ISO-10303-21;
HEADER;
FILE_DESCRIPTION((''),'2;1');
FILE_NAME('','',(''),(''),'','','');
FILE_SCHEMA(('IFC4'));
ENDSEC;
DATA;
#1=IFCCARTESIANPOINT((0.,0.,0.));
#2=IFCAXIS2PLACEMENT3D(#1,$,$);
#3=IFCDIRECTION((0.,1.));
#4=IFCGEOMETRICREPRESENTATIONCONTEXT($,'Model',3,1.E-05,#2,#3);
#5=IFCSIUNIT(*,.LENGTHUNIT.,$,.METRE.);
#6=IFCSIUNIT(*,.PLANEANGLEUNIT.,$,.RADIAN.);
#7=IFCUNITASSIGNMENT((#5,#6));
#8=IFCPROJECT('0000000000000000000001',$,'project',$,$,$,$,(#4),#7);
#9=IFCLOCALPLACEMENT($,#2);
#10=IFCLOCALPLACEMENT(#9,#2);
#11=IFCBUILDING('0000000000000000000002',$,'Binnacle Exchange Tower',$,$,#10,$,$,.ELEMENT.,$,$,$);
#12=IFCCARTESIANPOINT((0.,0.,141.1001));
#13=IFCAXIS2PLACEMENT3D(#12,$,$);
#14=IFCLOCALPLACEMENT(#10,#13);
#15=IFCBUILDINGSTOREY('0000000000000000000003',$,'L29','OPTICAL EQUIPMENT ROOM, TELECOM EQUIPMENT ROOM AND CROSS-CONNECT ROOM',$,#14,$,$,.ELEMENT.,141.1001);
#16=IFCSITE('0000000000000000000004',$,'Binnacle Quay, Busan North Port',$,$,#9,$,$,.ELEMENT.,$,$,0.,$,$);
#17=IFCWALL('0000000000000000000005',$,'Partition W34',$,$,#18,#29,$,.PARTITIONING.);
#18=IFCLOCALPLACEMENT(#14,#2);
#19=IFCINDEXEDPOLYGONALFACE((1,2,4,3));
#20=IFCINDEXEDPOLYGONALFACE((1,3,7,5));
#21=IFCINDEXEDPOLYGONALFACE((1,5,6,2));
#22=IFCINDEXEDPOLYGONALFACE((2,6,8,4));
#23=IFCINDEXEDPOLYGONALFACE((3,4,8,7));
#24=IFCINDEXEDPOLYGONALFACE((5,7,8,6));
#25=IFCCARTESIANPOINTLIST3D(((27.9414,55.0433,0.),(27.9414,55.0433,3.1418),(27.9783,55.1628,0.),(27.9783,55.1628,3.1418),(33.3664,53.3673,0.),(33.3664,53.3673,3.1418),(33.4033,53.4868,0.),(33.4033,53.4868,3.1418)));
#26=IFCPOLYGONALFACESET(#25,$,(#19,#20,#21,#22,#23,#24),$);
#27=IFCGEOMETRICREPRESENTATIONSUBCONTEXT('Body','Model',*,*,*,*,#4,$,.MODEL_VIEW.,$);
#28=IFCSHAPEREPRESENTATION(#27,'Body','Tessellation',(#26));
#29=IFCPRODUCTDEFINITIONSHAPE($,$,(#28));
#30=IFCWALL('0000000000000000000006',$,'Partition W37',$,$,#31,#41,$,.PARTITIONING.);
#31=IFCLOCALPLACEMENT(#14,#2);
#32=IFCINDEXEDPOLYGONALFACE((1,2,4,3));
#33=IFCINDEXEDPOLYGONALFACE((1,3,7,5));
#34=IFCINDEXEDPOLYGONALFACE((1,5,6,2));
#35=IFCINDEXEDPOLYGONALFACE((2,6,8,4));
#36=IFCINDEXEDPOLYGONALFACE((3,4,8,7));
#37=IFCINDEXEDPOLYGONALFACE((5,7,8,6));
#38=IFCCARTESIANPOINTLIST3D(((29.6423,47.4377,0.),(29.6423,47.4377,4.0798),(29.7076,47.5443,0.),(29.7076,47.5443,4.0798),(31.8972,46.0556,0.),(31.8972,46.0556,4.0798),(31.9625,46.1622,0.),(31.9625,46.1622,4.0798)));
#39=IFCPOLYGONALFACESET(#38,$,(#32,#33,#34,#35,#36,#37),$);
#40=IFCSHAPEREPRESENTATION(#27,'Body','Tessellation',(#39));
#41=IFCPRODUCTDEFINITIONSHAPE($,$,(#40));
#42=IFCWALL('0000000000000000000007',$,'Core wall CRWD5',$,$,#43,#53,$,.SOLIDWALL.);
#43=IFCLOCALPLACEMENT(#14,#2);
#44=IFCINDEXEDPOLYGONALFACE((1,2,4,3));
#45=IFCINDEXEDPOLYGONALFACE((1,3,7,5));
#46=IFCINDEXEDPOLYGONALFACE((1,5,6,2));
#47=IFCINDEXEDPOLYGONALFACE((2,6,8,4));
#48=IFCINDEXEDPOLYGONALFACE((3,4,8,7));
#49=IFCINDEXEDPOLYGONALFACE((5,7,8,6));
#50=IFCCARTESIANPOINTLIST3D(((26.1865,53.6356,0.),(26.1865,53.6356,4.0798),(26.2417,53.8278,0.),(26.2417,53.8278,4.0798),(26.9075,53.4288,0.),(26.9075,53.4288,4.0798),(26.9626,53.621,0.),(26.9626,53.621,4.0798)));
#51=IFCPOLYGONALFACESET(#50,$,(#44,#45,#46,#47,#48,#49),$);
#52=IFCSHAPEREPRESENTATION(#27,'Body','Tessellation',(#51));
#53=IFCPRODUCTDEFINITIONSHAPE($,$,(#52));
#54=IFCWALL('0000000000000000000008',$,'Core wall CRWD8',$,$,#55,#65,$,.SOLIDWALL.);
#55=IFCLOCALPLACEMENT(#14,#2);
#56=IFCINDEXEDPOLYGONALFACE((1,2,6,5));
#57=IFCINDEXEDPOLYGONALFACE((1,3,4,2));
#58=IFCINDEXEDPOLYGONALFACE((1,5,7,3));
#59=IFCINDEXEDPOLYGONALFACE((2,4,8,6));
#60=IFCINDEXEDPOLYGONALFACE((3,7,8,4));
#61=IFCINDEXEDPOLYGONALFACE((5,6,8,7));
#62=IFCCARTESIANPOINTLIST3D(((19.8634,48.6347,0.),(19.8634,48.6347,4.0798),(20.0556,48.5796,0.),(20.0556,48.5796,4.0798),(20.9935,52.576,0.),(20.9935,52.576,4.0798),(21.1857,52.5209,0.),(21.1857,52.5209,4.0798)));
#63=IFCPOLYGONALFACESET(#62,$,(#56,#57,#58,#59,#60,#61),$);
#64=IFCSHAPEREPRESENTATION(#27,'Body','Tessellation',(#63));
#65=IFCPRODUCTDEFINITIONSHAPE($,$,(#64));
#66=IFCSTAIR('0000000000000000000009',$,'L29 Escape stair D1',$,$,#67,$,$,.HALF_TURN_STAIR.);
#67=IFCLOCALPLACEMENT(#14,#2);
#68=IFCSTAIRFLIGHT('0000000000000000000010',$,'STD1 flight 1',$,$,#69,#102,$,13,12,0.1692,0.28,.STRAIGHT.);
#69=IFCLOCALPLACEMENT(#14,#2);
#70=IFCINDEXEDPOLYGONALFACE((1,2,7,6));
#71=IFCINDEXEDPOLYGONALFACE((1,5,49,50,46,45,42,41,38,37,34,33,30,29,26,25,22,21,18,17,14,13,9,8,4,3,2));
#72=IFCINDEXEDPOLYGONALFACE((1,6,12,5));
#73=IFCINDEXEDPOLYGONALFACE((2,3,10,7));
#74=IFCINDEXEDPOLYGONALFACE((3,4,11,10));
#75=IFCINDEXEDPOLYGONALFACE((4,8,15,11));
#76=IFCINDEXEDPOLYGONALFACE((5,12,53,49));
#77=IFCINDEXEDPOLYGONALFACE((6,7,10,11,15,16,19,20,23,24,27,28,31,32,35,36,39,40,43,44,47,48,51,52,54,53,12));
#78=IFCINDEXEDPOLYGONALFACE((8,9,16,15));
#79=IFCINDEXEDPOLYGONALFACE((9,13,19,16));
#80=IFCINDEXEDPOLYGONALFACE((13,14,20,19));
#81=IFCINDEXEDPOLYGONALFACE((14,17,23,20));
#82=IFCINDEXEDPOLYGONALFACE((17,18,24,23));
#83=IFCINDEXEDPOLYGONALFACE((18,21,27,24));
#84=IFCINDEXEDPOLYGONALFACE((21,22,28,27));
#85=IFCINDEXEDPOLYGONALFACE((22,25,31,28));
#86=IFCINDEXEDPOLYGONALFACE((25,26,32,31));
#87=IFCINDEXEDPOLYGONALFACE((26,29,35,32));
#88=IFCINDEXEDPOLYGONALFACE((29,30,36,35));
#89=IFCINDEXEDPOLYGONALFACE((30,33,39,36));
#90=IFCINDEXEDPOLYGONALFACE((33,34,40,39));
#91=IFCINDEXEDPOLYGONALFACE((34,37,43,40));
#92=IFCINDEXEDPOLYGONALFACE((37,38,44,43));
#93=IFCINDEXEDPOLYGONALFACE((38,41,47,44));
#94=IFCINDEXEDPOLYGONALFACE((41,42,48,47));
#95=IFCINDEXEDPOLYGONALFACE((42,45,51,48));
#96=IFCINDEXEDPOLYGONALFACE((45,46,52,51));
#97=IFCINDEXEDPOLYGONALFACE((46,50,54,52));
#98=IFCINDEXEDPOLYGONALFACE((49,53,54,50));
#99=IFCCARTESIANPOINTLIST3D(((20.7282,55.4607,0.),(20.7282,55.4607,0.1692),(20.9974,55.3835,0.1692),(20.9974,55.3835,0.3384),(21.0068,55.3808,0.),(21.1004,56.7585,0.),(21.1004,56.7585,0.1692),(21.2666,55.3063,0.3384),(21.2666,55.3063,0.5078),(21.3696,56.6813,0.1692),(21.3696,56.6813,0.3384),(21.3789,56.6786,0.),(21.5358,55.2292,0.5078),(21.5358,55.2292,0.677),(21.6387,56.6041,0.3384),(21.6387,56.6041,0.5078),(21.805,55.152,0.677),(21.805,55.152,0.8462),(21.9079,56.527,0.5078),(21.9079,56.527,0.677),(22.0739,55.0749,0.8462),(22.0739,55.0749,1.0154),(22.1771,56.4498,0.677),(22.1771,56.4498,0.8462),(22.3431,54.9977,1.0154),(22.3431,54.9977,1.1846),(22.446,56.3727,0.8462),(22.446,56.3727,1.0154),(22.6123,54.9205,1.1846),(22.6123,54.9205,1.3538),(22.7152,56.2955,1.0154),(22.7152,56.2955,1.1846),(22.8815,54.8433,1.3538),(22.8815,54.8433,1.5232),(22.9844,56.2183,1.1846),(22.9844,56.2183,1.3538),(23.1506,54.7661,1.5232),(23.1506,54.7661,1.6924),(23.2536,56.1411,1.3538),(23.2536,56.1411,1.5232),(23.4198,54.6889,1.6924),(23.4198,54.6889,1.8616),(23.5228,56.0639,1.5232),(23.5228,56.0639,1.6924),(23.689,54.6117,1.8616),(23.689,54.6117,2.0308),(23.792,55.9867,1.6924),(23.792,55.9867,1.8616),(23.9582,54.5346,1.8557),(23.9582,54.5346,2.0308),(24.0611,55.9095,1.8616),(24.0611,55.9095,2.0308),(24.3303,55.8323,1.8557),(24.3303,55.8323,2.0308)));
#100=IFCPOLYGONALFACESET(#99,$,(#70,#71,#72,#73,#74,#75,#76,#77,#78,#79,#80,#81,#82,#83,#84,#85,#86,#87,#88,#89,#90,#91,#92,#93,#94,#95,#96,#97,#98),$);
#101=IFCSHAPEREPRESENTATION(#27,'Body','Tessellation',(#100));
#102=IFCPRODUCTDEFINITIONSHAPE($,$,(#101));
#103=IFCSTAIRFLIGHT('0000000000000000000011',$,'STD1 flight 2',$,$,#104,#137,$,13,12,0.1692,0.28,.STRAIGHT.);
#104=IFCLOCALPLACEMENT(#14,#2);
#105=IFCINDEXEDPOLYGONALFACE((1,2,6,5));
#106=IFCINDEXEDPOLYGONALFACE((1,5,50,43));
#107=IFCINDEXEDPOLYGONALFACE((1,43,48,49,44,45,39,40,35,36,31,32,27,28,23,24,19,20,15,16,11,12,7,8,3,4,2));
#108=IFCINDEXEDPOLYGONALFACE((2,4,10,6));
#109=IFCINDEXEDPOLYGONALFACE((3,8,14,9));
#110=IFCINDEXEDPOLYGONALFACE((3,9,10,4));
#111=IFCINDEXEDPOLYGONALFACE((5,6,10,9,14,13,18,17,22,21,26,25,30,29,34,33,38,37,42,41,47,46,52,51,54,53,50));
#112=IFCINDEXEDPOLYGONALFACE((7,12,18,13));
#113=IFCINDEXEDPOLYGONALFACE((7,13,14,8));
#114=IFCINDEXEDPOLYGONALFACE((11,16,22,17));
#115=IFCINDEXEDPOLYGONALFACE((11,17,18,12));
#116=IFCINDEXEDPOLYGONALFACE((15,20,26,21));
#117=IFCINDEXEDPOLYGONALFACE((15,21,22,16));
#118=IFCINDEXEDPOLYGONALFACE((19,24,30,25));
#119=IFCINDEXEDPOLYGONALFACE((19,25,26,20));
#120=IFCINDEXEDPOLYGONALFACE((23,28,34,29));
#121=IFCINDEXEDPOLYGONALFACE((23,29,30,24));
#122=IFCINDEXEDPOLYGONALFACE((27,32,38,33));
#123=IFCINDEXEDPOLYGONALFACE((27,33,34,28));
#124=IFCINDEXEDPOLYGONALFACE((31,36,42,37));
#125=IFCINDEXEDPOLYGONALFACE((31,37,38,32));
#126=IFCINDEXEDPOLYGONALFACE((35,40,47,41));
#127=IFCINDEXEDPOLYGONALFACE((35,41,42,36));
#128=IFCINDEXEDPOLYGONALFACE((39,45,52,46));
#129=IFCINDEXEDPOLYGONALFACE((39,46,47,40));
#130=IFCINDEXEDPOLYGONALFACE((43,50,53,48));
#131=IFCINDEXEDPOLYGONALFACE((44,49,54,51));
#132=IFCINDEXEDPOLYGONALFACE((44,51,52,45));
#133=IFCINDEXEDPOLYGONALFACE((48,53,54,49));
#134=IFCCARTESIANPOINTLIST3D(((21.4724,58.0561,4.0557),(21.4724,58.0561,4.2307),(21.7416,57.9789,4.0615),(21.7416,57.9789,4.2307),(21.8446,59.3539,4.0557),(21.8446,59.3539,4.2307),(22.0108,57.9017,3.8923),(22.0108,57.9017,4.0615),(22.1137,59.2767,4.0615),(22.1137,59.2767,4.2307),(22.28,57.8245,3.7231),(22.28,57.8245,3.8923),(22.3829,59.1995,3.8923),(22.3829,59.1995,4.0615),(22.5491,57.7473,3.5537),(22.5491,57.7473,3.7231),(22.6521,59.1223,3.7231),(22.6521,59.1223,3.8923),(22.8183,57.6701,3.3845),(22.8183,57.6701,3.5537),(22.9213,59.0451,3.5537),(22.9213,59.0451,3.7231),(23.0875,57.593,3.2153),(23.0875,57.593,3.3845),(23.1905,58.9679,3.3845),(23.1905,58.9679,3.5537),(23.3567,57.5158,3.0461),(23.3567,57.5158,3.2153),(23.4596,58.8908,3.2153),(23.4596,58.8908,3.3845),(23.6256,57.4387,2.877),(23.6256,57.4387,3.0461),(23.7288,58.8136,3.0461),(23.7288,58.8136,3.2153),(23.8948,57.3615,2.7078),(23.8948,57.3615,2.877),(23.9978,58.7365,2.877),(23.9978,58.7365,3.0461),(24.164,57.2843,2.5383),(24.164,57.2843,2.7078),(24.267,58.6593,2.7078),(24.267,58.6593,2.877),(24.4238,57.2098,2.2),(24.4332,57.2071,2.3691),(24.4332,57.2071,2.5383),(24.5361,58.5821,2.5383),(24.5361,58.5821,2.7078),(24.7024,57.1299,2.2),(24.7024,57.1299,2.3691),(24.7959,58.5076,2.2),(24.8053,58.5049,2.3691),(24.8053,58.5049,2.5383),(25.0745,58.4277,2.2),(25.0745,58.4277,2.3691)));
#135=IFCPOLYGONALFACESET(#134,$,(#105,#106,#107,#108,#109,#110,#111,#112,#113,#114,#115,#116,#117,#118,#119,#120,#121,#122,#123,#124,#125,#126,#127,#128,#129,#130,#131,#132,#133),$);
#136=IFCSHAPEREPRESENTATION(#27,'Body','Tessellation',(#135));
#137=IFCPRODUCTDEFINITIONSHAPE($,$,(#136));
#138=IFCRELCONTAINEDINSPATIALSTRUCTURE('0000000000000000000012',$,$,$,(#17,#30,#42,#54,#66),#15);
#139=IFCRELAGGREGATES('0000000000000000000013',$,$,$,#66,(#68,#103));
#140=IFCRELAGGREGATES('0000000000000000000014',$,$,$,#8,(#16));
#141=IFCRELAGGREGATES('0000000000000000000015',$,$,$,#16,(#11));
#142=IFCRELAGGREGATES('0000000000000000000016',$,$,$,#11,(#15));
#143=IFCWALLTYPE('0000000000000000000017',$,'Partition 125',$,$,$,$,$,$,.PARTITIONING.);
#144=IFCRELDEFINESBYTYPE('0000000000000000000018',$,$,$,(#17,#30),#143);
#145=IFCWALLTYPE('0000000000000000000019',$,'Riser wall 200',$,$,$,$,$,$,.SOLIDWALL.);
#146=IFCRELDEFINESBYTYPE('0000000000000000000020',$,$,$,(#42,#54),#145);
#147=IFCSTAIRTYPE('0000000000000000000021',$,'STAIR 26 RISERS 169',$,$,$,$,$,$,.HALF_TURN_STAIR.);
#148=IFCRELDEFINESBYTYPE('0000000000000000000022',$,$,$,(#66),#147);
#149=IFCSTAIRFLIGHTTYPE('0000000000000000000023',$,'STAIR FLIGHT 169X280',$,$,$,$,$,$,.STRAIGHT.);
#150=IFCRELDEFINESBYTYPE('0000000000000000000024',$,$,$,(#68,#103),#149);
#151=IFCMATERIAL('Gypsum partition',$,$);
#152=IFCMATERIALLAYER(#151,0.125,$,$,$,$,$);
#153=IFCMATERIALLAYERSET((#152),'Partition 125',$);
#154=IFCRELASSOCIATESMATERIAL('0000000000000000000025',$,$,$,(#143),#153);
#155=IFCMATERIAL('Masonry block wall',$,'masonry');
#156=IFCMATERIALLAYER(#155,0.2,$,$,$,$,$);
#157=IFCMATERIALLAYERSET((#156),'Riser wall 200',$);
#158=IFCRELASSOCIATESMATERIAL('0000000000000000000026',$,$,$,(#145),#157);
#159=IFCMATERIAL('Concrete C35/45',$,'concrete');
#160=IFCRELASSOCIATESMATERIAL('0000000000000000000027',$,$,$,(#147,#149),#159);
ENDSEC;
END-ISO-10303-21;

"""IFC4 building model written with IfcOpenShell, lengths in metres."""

from ifc_helpers import new_model, si_unit, direction, frame, frame_2d, origin, place, context, subcontext, project, spatial, polyline, rectangle, outline, extrude, material, layer, layer_set, type_object, element, aggregate, save


model = new_model("IFC4")

# Units and contexts
model_context = context("Model", 3, precision=1e-05, world=origin(), true_north=direction((0.0, 1.0)))
body_context = subcontext(model_context, "Body", "Model", "MODEL_VIEW")
ifc_project = project(units=[si_unit("LENGTHUNIT", "METRE"), si_unit("PLANEANGLEUNIT", "RADIAN")], contexts=[model_context])

# Site, building, storey
site_placement = place(None, origin())
site = spatial("IfcSite", under=ifc_project, at=site_placement, Name="Binnacle Quay, Busan North Port", CompositionType="ELEMENT", RefElevation=0.0)
building_placement = place(site_placement, origin())
building = spatial("IfcBuilding", under=site, at=building_placement, Name="Binnacle Exchange Tower", CompositionType="ELEMENT")
storey_placement = place(building_placement, frame((0.0, 0.0, 141.1001)))
storey = spatial("IfcBuildingStorey", under=building, at=storey_placement, Name="L29", Description="OPTICAL EQUIPMENT ROOM, TELECOM EQUIPMENT ROOM AND CROSS-CONNECT ROOM", CompositionType="ELEMENT", Elevation=141.1001)

# Shared definitions
ifc_material_1 = material(Name="Masonry block wall", Category="masonry")

# Walls
ifc_material_2 = material(Name="Gypsum partition")
ifc_layer_1 = layer(ifc_material_2, 0.125)
ifc_layer_set_1 = layer_set([ifc_layer_1], Name="Partition 125")
wall_type_1 = type_object("IfcWallType", Name="Partition 125", PredefinedType="PARTITIONING", material=ifc_layer_set_1)
wall_1_placement = place(storey_placement, frame((27.96, 55.103, 0.0), z_axis=(0.0, 0.0, 1.0), x_axis=(0.955443, -0.295176, 0.0)))
element("IfcWall", 1, at=wall_1_placement, inside=storey, type_object=wall_type_1, Name="Partition W34", PredefinedType="PARTITIONING", context=body_context, shape_type="SweptSolid", body=[
    extrude(rectangle(XDim=5.678, YDim=0.125, at=frame_2d((2.8389, 0.0))), origin(), (0.0, 0.0, 1.0), 3.1418),
])
wall_2_placement = place(storey_placement, frame((29.675, 47.491, 0.0), z_axis=(0.0, 0.0, 1.0), x_axis=(0.852592, -0.522577, 0.0)))
element("IfcWall", 2, at=wall_2_placement, inside=storey, type_object=wall_type_1, Name="Partition W37", PredefinedType="PARTITIONING", context=body_context, shape_type="SweptSolid", body=[
    extrude(rectangle(XDim=2.6448, YDim=0.125, at=frame_2d((1.3223, 0.0))), origin(), (0.0, 0.0, 1.0), 4.0798),
])
ifc_layer_2 = layer(ifc_material_1, 0.2)
ifc_layer_set_2 = layer_set([ifc_layer_2], Name="Riser wall 200")
wall_type_2 = type_object("IfcWallType", Name="Riser wall 200", PredefinedType="SOLIDWALL", material=ifc_layer_set_2)
wall_3_placement = place(storey_placement, frame((26.2141, 53.7317, 0.0), z_axis=(0.0, 0.0, 1.0), x_axis=(0.961241, -0.27571, 0.0)))
element("IfcWall", 3, at=wall_3_placement, inside=storey, type_object=wall_type_2, Name="Core wall CRWD5", PredefinedType="SOLIDWALL", context=body_context, shape_type="SweptSolid", body=[
    extrude(rectangle(XDim=0.75, YDim=0.2, at=frame_2d((0.375, 0.0))), origin(), (0.0, 0.0, 1.0), 4.0798),
])
wall_4_placement = place(storey_placement, frame((19.9595, 48.6072, 0.0), z_axis=(0.0, 0.0, 1.0), x_axis=(0.275641, 0.961261, 0.0)))
element("IfcWall", 4, at=wall_4_placement, inside=storey, type_object=wall_type_2, Name="Core wall CRWD8", PredefinedType="SOLIDWALL", context=body_context, shape_type="SweptSolid", body=[
    extrude(rectangle(XDim=4.1001, YDim=0.2, at=frame_2d((2.05, 0.0))), origin(), (0.0, 0.0, 1.0), 4.0798),
])

# Stair, stair flights
ifc_material_3 = material(Name="Concrete C35/45", Category="concrete")
stair_type = type_object("IfcStairType", Name="STAIR 26 RISERS 169", PredefinedType="HALF_TURN_STAIR", material=ifc_material_3)
stair_placement = place(storey_placement, origin())
stair = element("IfcStair", 5, at=stair_placement, inside=storey, type_object=stair_type, Name="L29 Escape stair D1", PredefinedType="HALF_TURN_STAIR")
stair_flight_type = type_object("IfcStairFlightType", Name="STAIR FLIGHT 169X280", PredefinedType="STRAIGHT", material=ifc_material_3)
stair_flight_1_placement = place(storey_placement, frame((20.9143, 56.1096, 0.0), z_axis=(0.0, 0.0, 1.0), x_axis=(0.961262, -0.275637, 0.0)))
stair_flight_1 = element("IfcStairFlight", 6, at=stair_flight_1_placement, type_object=stair_flight_type, Name="STD1 flight 1", NumberOfRisers=13, NumberOfTreads=12, PredefinedType="STRAIGHT", RiserHeight=0.1692, TreadLength=0.28, context=body_context, shape_type="SweptSolid", body=[
    extrude(outline(polyline([(0.0, 0.0), (0.0, 0.1692), (0.28, 0.1692), (0.28, 0.3384), (0.5601, 0.3384), (0.5601, 0.5078), (0.8401, 0.5078), (0.8401, 0.677), (1.1201, 0.677), (1.1201, 0.8462), (1.3999, 0.8462), (1.3999, 1.0154), (1.6799, 1.0154), (1.6799, 1.1846), (1.96, 1.1846), (1.96, 1.3538), (2.24, 1.3538), (2.24, 1.5232), (2.52, 1.5232), (2.52, 1.6924), (2.8, 1.6924), (2.8, 1.8616), (3.0801, 1.8616), (3.0801, 2.0308), (3.3601, 2.0308), (3.3601, 2.2), (3.3601, 1.8557), (0.2898, 0.0), (0.0, 0.0)])), frame((0.0, 0.675, 0.0), z_axis=(0.0, -1.0, 0.0), x_axis=(1.0, 0.0, 0.0)), (0.0, 0.0, 1.0), 1.3501),
])
stair_flight_2_placement = place(storey_placement, frame((24.8884, 57.7788, 2.2), z_axis=(0.0, 0.0, 1.0), x_axis=(-0.961262, 0.275637, 0.0)))
stair_flight_2 = element("IfcStairFlight", 7, at=stair_flight_2_placement, type_object=stair_flight_type, Name="STD1 flight 2", NumberOfRisers=13, NumberOfTreads=12, PredefinedType="STRAIGHT", RiserHeight=0.1692, TreadLength=0.28, context=body_context, shape_type="SweptSolid", body=[
    extrude(outline(polyline([(0.0, 0.0), (0.0, 0.1692), (0.28, 0.1692), (0.28, 0.3384), (0.5601, 0.3384), (0.5601, 0.5078), (0.8401, 0.5078), (0.8401, 0.677), (1.1201, 0.677), (1.1201, 0.8462), (1.3999, 0.8462), (1.3999, 1.0154), (1.6799, 1.0154), (1.6799, 1.1846), (1.96, 1.1846), (1.96, 1.3538), (2.24, 1.3538), (2.24, 1.5232), (2.52, 1.5232), (2.52, 1.6924), (2.8, 1.6924), (2.8, 1.8616), (3.0801, 1.8616), (3.0801, 2.0308), (3.3601, 2.0308), (3.3601, 2.2), (3.3601, 1.8557), (0.2898, 0.0), (0.0, 0.0)])), frame((0.0, 0.675, 0.0), z_axis=(0.0, -1.0, 0.0), x_axis=(1.0, 0.0, 0.0)), (0.0, 0.0, 1.0), 1.3501),
])
aggregate(stair, [stair_flight_1, stair_flight_2])

save(model, "model.ifc")
